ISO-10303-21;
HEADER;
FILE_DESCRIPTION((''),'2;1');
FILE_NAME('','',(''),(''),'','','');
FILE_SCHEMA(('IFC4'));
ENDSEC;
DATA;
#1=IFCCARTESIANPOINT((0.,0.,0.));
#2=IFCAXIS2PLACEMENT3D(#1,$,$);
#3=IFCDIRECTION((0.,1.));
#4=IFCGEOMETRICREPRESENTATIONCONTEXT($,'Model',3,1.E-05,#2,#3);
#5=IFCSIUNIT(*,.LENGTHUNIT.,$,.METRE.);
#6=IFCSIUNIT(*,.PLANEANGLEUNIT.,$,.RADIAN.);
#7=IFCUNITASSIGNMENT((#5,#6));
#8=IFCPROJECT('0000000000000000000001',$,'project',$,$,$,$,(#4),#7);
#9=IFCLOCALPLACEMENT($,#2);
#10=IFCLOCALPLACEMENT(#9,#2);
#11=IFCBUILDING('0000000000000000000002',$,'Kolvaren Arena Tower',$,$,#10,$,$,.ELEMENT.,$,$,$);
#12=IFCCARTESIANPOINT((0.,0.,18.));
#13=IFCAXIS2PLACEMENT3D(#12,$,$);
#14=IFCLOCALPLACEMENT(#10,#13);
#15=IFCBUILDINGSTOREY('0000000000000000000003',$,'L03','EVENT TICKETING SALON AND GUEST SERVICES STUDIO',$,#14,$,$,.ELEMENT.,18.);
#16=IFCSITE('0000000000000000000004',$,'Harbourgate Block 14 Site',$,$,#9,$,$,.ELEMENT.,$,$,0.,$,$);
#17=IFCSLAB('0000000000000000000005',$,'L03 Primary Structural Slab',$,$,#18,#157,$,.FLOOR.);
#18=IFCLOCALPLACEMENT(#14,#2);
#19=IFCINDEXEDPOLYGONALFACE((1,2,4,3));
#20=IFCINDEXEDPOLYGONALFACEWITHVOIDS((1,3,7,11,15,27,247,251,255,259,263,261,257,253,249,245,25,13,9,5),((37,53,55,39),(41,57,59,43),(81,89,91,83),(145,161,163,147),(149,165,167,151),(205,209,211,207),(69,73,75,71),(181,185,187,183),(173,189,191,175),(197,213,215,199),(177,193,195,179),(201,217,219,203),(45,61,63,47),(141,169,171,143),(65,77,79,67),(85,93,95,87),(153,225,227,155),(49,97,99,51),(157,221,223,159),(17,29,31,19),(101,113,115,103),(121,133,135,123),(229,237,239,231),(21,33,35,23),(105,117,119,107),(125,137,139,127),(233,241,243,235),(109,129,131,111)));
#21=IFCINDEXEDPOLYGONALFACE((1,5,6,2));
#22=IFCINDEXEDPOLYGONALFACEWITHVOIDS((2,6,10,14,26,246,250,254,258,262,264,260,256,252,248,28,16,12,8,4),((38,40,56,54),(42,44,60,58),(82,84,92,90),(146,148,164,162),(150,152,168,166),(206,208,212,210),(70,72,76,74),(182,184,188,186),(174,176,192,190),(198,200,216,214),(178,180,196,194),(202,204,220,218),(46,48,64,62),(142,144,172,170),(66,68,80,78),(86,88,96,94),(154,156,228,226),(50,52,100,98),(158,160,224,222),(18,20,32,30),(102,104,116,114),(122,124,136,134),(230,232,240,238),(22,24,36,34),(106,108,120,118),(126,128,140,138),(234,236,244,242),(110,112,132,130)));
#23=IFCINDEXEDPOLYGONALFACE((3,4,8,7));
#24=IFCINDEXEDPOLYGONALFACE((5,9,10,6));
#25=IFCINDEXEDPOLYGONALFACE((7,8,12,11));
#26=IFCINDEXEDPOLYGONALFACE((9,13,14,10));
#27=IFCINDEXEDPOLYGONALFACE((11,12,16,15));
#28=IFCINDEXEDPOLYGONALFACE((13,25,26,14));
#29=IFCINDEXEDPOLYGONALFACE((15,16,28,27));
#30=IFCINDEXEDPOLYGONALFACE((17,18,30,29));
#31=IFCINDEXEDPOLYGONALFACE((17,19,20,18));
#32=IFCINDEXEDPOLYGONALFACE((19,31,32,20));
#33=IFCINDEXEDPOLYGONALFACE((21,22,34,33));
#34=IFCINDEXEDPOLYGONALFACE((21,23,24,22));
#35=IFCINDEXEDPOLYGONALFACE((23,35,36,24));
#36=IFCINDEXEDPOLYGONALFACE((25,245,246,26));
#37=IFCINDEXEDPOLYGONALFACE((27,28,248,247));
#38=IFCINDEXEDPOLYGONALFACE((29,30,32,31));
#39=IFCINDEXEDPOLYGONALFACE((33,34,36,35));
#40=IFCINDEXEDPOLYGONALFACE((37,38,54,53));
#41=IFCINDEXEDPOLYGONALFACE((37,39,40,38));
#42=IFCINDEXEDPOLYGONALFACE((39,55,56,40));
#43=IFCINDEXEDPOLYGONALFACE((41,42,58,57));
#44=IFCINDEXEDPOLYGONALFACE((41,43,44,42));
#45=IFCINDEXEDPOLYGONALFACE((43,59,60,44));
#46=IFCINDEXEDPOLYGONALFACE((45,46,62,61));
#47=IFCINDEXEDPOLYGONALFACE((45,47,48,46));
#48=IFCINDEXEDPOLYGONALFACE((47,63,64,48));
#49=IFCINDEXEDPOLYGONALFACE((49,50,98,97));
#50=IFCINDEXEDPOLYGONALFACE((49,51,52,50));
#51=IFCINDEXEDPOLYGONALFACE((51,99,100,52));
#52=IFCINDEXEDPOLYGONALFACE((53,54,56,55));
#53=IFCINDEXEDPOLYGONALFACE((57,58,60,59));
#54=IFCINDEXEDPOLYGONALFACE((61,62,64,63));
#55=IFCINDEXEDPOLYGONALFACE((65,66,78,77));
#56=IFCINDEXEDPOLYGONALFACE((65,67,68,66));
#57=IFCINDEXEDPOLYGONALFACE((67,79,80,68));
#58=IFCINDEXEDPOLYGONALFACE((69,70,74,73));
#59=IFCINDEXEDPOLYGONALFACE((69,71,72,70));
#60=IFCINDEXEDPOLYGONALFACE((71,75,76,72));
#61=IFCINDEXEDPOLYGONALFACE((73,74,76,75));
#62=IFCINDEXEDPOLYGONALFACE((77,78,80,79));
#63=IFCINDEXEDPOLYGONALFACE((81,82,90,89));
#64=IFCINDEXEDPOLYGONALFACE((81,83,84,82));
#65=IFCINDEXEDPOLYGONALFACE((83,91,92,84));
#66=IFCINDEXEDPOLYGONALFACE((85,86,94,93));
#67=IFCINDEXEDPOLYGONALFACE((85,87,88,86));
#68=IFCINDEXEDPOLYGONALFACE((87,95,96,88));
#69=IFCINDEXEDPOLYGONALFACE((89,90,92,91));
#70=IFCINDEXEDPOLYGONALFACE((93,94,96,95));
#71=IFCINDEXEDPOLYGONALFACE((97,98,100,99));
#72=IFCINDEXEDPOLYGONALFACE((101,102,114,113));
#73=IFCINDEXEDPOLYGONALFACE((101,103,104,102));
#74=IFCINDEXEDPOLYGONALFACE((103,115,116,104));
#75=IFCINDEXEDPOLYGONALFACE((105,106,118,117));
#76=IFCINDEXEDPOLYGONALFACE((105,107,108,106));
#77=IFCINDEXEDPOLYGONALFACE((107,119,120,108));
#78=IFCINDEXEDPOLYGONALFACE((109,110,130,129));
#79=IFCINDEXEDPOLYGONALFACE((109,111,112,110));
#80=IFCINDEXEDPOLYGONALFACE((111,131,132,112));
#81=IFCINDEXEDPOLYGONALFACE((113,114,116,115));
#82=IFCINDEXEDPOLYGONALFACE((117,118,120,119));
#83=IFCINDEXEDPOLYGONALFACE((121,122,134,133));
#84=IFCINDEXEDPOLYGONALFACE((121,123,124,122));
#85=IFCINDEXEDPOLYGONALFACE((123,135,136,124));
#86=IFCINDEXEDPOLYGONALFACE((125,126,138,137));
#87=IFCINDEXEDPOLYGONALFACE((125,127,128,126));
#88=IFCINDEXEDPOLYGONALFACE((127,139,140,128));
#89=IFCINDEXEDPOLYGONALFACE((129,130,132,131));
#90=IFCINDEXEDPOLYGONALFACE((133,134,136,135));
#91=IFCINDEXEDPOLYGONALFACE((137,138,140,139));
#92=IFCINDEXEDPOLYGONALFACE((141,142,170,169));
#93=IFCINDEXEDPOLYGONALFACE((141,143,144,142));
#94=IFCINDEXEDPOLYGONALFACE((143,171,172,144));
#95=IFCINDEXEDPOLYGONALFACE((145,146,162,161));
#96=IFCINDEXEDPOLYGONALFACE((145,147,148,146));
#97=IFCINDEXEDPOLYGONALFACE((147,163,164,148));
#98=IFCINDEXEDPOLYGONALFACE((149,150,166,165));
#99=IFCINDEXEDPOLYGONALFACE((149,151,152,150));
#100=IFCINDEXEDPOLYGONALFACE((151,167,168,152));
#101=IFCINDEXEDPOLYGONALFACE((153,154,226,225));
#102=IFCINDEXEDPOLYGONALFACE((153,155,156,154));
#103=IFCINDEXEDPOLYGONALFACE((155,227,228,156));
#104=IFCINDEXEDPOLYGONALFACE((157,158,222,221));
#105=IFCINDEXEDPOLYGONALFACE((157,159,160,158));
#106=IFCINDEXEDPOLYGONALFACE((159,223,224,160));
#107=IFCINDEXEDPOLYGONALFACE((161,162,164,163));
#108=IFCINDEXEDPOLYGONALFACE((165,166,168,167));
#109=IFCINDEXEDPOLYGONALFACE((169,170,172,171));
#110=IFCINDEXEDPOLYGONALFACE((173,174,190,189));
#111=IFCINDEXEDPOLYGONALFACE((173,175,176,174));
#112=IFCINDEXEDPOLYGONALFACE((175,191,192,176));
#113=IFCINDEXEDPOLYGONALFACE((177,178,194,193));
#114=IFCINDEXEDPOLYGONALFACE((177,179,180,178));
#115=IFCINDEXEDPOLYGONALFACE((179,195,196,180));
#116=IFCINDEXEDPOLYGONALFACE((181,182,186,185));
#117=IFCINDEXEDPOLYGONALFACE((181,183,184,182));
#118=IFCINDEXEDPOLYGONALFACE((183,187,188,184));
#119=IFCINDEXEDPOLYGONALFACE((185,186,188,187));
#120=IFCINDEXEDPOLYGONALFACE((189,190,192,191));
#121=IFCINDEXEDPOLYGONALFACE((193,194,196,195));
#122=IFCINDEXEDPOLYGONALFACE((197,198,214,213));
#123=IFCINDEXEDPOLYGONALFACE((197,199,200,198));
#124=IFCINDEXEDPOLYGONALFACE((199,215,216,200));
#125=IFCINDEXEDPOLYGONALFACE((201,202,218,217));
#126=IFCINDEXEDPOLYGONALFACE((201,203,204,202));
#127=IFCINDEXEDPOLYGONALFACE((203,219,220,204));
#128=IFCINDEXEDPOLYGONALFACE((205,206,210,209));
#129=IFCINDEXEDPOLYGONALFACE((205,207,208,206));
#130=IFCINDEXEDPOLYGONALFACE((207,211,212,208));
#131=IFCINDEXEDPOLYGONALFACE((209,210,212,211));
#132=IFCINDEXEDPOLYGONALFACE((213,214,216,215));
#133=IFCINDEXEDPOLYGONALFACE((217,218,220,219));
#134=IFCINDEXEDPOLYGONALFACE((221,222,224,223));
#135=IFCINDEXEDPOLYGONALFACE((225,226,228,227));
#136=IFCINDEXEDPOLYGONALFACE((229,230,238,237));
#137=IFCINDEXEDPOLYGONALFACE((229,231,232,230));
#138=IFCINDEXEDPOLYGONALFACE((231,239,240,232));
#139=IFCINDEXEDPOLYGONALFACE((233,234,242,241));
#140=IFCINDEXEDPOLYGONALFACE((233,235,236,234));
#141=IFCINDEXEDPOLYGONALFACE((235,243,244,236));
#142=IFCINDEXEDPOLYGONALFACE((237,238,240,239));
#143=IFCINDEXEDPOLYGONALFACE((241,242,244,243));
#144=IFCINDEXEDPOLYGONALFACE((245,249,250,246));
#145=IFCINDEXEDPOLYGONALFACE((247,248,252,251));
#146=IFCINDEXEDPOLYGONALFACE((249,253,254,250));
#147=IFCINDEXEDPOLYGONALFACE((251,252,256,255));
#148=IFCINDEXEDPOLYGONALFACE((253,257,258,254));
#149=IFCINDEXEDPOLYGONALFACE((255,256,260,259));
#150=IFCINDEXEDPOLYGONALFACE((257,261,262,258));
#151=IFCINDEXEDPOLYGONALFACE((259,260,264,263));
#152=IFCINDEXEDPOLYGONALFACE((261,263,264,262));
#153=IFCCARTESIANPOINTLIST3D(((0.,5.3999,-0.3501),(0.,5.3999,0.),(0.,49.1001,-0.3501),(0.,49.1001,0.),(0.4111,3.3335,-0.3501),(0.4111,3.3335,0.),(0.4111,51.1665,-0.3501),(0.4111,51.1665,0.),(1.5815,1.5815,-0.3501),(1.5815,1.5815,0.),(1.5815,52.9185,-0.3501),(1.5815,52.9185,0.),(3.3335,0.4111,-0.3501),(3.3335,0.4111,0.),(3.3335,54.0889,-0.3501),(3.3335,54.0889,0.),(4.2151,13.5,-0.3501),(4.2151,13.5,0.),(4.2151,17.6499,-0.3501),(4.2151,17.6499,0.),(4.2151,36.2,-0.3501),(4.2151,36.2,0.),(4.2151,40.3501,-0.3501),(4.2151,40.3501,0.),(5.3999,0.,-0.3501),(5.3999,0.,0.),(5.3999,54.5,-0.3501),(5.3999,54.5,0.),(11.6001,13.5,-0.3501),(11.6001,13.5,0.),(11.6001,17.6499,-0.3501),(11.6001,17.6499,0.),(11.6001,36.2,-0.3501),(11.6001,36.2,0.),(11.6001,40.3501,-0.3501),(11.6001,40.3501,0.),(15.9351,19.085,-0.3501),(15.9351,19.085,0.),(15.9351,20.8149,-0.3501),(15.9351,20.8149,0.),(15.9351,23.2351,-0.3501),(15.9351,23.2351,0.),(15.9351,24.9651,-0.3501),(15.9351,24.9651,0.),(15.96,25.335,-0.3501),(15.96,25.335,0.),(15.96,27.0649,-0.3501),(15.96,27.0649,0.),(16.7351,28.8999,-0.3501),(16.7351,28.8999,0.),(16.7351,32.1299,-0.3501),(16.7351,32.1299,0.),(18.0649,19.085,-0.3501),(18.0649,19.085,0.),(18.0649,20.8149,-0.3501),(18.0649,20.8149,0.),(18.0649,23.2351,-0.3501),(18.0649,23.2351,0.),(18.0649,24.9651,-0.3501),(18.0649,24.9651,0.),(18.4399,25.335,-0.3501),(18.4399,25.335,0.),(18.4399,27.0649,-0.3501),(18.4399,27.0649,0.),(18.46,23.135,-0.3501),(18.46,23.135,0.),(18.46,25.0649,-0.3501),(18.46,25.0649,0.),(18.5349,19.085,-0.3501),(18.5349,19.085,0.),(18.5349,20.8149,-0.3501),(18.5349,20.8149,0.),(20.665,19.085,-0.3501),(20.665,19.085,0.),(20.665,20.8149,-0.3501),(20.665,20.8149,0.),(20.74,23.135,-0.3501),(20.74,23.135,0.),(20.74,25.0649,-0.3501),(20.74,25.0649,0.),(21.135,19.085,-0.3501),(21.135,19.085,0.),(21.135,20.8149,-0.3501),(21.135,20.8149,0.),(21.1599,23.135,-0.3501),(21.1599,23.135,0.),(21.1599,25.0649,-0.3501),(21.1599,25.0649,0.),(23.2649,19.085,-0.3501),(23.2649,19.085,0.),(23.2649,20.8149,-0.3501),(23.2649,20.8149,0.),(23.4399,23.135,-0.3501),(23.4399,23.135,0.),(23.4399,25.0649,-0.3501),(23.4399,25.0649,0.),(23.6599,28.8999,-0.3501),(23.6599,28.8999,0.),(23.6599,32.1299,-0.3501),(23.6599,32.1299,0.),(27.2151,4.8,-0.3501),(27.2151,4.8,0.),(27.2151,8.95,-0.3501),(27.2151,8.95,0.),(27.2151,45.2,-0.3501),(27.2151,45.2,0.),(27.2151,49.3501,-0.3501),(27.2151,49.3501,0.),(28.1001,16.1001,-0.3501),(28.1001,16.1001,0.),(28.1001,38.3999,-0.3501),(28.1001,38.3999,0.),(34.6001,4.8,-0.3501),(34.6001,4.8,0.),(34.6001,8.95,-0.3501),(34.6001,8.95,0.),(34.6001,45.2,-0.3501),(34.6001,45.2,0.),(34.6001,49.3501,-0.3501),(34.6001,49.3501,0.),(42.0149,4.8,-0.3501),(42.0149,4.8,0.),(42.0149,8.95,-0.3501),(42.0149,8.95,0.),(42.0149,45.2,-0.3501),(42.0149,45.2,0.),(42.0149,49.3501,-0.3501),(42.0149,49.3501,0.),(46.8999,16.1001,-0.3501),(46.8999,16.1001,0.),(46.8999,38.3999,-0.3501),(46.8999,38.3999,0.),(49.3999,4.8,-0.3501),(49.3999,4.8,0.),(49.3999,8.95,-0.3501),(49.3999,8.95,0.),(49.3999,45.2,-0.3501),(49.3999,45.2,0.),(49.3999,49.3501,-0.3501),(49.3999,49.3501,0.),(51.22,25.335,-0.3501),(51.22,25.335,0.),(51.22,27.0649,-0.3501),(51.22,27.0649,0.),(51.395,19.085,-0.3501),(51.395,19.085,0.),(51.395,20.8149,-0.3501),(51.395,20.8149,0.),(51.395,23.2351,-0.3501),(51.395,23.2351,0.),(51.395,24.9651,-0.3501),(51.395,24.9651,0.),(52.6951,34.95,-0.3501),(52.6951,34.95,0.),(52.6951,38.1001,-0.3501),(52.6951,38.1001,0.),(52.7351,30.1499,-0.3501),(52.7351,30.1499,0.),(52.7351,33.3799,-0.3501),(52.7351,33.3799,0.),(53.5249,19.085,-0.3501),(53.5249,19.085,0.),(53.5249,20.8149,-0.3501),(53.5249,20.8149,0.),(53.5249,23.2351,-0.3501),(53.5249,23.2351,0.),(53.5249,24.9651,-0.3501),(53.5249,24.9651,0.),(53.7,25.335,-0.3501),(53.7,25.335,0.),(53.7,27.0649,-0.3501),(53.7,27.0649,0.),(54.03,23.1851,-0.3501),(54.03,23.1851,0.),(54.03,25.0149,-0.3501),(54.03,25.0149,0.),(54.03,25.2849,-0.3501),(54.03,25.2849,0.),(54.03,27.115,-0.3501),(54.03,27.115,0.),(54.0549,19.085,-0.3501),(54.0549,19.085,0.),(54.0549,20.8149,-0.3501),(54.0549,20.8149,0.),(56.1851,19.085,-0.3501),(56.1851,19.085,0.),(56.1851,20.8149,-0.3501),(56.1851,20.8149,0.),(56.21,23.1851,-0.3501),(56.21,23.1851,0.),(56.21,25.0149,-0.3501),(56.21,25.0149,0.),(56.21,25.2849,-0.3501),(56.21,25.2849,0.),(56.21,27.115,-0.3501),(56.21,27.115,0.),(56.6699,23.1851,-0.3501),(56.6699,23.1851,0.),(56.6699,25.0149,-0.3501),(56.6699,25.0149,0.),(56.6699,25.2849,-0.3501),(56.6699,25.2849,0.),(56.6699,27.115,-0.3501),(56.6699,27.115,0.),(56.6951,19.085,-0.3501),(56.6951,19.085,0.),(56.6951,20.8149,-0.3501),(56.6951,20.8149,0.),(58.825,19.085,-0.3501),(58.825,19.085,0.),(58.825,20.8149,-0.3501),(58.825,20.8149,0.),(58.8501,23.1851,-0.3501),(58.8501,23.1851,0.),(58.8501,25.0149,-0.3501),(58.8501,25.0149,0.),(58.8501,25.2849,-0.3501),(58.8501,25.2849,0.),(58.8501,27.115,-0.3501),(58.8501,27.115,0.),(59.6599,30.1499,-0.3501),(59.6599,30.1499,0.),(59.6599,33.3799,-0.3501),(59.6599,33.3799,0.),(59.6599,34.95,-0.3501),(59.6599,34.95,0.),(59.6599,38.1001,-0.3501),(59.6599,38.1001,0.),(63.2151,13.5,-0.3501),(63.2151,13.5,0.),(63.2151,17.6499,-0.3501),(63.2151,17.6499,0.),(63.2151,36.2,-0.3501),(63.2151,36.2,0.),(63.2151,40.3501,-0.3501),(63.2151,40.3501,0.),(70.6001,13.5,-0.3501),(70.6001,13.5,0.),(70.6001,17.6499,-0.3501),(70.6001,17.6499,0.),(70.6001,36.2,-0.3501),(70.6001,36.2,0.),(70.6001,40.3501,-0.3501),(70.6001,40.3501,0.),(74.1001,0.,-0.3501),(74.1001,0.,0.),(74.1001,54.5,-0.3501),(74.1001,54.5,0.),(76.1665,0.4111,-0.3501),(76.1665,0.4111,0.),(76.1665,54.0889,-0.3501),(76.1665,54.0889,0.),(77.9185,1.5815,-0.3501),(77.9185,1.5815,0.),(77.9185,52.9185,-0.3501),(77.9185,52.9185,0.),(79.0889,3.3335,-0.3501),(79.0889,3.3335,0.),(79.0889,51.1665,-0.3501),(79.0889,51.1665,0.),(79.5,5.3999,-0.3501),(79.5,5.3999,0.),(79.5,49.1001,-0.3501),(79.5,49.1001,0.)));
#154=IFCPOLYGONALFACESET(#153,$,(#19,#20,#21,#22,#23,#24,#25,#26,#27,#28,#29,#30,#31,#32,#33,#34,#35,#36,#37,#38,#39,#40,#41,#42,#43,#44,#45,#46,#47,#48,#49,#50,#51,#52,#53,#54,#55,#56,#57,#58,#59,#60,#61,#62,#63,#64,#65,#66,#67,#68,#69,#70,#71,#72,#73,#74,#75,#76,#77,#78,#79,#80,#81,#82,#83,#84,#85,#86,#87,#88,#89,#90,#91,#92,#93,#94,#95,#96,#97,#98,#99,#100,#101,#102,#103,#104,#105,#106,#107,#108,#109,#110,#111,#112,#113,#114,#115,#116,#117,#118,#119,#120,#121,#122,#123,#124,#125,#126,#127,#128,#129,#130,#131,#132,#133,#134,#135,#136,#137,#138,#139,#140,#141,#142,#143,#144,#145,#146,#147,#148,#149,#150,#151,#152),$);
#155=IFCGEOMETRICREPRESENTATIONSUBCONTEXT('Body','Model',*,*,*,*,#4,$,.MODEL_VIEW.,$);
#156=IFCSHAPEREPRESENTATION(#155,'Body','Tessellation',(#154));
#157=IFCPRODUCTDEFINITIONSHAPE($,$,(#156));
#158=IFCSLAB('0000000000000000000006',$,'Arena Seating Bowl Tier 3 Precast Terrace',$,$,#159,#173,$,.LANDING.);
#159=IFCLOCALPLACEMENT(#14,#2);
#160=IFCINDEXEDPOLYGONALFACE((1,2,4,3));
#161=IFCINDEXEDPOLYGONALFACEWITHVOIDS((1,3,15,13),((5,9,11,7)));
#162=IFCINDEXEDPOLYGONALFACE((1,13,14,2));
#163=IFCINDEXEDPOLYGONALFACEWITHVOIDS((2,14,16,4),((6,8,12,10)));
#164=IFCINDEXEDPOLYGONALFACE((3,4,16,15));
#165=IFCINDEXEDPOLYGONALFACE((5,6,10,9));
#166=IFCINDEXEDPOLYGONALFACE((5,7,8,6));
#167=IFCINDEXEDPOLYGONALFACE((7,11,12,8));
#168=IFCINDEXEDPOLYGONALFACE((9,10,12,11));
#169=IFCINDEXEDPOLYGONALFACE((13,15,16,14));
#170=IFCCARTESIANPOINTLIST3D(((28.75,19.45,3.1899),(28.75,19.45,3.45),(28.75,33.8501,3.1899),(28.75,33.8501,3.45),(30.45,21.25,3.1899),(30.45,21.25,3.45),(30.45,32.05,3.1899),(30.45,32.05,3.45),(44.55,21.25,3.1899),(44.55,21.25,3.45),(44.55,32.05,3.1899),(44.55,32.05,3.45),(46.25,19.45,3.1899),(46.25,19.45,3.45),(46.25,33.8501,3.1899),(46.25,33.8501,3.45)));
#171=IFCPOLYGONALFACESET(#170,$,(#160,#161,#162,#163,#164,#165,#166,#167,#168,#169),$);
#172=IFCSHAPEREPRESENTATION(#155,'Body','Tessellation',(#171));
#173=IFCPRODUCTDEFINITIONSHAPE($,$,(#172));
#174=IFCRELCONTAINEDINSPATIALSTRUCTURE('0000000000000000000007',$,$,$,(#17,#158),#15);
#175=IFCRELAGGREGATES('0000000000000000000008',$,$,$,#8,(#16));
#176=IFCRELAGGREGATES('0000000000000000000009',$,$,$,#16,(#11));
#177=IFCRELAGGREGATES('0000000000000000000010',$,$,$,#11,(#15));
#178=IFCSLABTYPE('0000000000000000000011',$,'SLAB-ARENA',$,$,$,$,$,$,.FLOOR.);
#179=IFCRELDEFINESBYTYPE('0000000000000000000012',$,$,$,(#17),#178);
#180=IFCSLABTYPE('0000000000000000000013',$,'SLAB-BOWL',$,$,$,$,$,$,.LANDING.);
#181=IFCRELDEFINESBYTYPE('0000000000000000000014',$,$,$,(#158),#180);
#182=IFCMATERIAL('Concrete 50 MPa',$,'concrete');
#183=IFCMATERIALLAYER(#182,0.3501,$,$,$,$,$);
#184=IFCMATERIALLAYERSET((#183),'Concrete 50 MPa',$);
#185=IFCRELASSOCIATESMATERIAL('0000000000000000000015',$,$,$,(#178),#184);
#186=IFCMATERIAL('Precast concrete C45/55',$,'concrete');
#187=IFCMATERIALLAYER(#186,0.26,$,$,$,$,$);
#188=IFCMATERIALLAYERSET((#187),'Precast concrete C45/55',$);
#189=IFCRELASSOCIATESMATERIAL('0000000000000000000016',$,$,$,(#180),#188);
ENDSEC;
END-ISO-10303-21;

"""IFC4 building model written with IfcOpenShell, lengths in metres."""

from ifc_helpers import new_model, si_unit, direction, frame, origin, place, context, subcontext, project, spatial, polyline, outline, extrude, material, layer, layer_set, type_object, element, save


model = new_model("IFC4")

# Units and contexts
model_context = context("Model", 3, precision=1e-05, world=origin(), true_north=direction((0.0, 1.0)))
body_context = subcontext(model_context, "Body", "Model", "MODEL_VIEW")
ifc_project = project(units=[si_unit("LENGTHUNIT", "METRE"), si_unit("PLANEANGLEUNIT", "RADIAN")], contexts=[model_context])

# Site, building, storey
site_placement = place(None, origin())
site = spatial("IfcSite", under=ifc_project, at=site_placement, Name="Harbourgate Block 14 Site", CompositionType="ELEMENT", RefElevation=0.0)
building_placement = place(site_placement, origin())
building = spatial("IfcBuilding", under=site, at=building_placement, Name="Kolvaren Arena Tower", CompositionType="ELEMENT")
storey_placement = place(building_placement, frame((0.0, 0.0, 18.0)))
storey = spatial("IfcBuildingStorey", under=building, at=storey_placement, Name="L03", Description="EVENT TICKETING SALON AND GUEST SERVICES STUDIO", CompositionType="ELEMENT", Elevation=18.0)

# Slabs
ifc_material_1 = material(Name="Concrete 50 MPa", Category="concrete")
ifc_layer_1 = layer(ifc_material_1, 0.3501)
ifc_layer_set_1 = layer_set([ifc_layer_1], Name="Concrete 50 MPa")
slab_type_1 = type_object("IfcSlabType", Name="SLAB-ARENA", PredefinedType="FLOOR", material=ifc_layer_set_1)
slab_1_placement = place(storey_placement, frame((0.0, 0.0, -0.3501)))
element("IfcSlab", 1, at=slab_1_placement, inside=storey, type_object=slab_type_1, Name="L03 Primary Structural Slab", PredefinedType="FLOOR", context=body_context, shape_type="SweptSolid", body=[
    extrude(outline(polyline([(74.1001, 0.0), (76.1665, 0.4111), (77.9185, 1.5815), (79.0889, 3.3335), (79.5, 5.3999), (79.5, 49.1001), (79.0889, 51.1665), (77.9185, 52.9185), (76.1665, 54.0889), (74.1001, 54.5), (5.3999, 54.5), (3.3335, 54.0889), (1.5815, 52.9185), (0.4111, 51.1665), (0.0, 49.1001), (0.0, 5.3999), (0.4111, 3.3335), (1.5815, 1.5815), (3.3335, 0.4111), (5.3999, 0.0), (74.1001, 0.0)]), holes=[polyline([(27.2151, 4.8), (27.2151, 8.95), (34.6001, 8.95), (34.6001, 4.8), (27.2151, 4.8)]), polyline([(42.0149, 4.8), (42.0149, 8.95), (49.3999, 8.95), (49.3999, 4.8), (42.0149, 4.8)]), polyline([(4.2151, 17.6499), (11.6001, 17.6499), (11.6001, 13.5), (4.2151, 13.5), (4.2151, 17.6499)]), polyline([(63.2151, 17.6499), (70.6001, 17.6499), (70.6001, 13.5), (63.2151, 13.5), (63.2151, 17.6499)]), polyline([(28.1001, 38.3999), (46.8999, 38.3999), (46.8999, 16.1001), (28.1001, 16.1001), (28.1001, 38.3999)]), polyline([(15.9351, 20.8149), (18.0649, 20.8149), (18.0649, 19.085), (15.9351, 19.085), (15.9351, 20.8149)]), polyline([(18.5349, 20.8149), (20.665, 20.8149), (20.665, 19.085), (18.5349, 19.085), (18.5349, 20.8149)]), polyline([(21.135, 20.8149), (23.2649, 20.8149), (23.2649, 19.085), (21.135, 19.085), (21.135, 20.8149)]), polyline([(51.395, 20.8149), (53.5249, 20.8149), (53.5249, 19.085), (51.395, 19.085), (51.395, 20.8149)]), polyline([(54.0549, 20.8149), (56.1851, 20.8149), (56.1851, 19.085), (54.0549, 19.085), (54.0549, 20.8149)]), polyline([(56.6951, 20.8149), (58.825, 20.8149), (58.825, 19.085), (56.6951, 19.085), (56.6951, 20.8149)]), polyline([(18.46, 25.0649), (20.74, 25.0649), (20.74, 23.135), (18.46, 23.135), (18.46, 25.0649)]), polyline([(21.1599, 23.135), (21.1599, 25.0649), (23.4399, 25.0649), (23.4399, 23.135), (21.1599, 23.135)]), polyline([(54.03, 25.0149), (56.21, 25.0149), (56.21, 23.1851), (54.03, 23.1851), (54.03, 25.0149)]), polyline([(56.6699, 23.1851), (56.6699, 25.0149), (58.8501, 25.0149), (58.8501, 23.1851), (56.6699, 23.1851)]), polyline([(15.9351, 24.9651), (18.0649, 24.9651), (18.0649, 23.2351), (15.9351, 23.2351), (15.9351, 24.9651)]), polyline([(51.395, 24.9651), (53.5249, 24.9651), (53.5249, 23.2351), (51.395, 23.2351), (51.395, 24.9651)]), polyline([(54.03, 27.115), (56.21, 27.115), (56.21, 25.2849), (54.03, 25.2849), (54.03, 27.115)]), polyline([(56.6699, 27.115), (58.8501, 27.115), (58.8501, 25.2849), (56.6699, 25.2849), (56.6699, 27.115)]), polyline([(15.96, 27.0649), (18.4399, 27.0649), (18.4399, 25.335), (15.96, 25.335), (15.96, 27.0649)]), polyline([(51.22, 27.0649), (53.7, 27.0649), (53.7, 25.335), (51.22, 25.335), (51.22, 27.0649)]), polyline([(16.7351, 32.1299), (23.6599, 32.1299), (23.6599, 28.8999), (16.7351, 28.8999), (16.7351, 32.1299)]), polyline([(52.7351, 33.3799), (59.6599, 33.3799), (59.6599, 30.1499), (52.7351, 30.1499), (52.7351, 33.3799)]), polyline([(52.6951, 38.1001), (59.6599, 38.1001), (59.6599, 34.95), (52.6951, 34.95), (52.6951, 38.1001)]), polyline([(4.2151, 40.3501), (11.6001, 40.3501), (11.6001, 36.2), (4.2151, 36.2), (4.2151, 40.3501)]), polyline([(63.2151, 40.3501), (70.6001, 40.3501), (70.6001, 36.2), (63.2151, 36.2), (63.2151, 40.3501)]), polyline([(27.2151, 49.3501), (34.6001, 49.3501), (34.6001, 45.2), (27.2151, 45.2), (27.2151, 49.3501)]), polyline([(42.0149, 49.3501), (49.3999, 49.3501), (49.3999, 45.2), (42.0149, 45.2), (42.0149, 49.3501)])]), origin(), (0.0, 0.0, 1.0), 0.3501),
])
ifc_material_2 = material(Name="Precast concrete C45/55", Category="concrete")
ifc_layer_2 = layer(ifc_material_2, 0.26)
ifc_layer_set_2 = layer_set([ifc_layer_2], Name="Precast concrete C45/55")
slab_type_2 = type_object("IfcSlabType", Name="SLAB-BOWL", PredefinedType="LANDING", material=ifc_layer_set_2)
slab_2_placement = place(storey_placement, frame((0.0, 0.0, 3.1899)))
element("IfcSlab", 2, at=slab_2_placement, inside=storey, type_object=slab_type_2, Name="Arena Seating Bowl Tier 3 Precast Terrace", PredefinedType="LANDING", context=body_context, shape_type="SweptSolid", body=[
    extrude(outline(polyline([(28.75, 19.45), (46.25, 19.45), (46.25, 33.8501), (28.75, 33.8501), (28.75, 19.45)]), holes=[polyline([(30.45, 21.25), (44.55, 21.25), (44.55, 32.05), (30.45, 32.05), (30.45, 21.25)])]), origin(), (0.0, 0.0, 1.0), 0.26),
])

save(model, "model.ifc")
